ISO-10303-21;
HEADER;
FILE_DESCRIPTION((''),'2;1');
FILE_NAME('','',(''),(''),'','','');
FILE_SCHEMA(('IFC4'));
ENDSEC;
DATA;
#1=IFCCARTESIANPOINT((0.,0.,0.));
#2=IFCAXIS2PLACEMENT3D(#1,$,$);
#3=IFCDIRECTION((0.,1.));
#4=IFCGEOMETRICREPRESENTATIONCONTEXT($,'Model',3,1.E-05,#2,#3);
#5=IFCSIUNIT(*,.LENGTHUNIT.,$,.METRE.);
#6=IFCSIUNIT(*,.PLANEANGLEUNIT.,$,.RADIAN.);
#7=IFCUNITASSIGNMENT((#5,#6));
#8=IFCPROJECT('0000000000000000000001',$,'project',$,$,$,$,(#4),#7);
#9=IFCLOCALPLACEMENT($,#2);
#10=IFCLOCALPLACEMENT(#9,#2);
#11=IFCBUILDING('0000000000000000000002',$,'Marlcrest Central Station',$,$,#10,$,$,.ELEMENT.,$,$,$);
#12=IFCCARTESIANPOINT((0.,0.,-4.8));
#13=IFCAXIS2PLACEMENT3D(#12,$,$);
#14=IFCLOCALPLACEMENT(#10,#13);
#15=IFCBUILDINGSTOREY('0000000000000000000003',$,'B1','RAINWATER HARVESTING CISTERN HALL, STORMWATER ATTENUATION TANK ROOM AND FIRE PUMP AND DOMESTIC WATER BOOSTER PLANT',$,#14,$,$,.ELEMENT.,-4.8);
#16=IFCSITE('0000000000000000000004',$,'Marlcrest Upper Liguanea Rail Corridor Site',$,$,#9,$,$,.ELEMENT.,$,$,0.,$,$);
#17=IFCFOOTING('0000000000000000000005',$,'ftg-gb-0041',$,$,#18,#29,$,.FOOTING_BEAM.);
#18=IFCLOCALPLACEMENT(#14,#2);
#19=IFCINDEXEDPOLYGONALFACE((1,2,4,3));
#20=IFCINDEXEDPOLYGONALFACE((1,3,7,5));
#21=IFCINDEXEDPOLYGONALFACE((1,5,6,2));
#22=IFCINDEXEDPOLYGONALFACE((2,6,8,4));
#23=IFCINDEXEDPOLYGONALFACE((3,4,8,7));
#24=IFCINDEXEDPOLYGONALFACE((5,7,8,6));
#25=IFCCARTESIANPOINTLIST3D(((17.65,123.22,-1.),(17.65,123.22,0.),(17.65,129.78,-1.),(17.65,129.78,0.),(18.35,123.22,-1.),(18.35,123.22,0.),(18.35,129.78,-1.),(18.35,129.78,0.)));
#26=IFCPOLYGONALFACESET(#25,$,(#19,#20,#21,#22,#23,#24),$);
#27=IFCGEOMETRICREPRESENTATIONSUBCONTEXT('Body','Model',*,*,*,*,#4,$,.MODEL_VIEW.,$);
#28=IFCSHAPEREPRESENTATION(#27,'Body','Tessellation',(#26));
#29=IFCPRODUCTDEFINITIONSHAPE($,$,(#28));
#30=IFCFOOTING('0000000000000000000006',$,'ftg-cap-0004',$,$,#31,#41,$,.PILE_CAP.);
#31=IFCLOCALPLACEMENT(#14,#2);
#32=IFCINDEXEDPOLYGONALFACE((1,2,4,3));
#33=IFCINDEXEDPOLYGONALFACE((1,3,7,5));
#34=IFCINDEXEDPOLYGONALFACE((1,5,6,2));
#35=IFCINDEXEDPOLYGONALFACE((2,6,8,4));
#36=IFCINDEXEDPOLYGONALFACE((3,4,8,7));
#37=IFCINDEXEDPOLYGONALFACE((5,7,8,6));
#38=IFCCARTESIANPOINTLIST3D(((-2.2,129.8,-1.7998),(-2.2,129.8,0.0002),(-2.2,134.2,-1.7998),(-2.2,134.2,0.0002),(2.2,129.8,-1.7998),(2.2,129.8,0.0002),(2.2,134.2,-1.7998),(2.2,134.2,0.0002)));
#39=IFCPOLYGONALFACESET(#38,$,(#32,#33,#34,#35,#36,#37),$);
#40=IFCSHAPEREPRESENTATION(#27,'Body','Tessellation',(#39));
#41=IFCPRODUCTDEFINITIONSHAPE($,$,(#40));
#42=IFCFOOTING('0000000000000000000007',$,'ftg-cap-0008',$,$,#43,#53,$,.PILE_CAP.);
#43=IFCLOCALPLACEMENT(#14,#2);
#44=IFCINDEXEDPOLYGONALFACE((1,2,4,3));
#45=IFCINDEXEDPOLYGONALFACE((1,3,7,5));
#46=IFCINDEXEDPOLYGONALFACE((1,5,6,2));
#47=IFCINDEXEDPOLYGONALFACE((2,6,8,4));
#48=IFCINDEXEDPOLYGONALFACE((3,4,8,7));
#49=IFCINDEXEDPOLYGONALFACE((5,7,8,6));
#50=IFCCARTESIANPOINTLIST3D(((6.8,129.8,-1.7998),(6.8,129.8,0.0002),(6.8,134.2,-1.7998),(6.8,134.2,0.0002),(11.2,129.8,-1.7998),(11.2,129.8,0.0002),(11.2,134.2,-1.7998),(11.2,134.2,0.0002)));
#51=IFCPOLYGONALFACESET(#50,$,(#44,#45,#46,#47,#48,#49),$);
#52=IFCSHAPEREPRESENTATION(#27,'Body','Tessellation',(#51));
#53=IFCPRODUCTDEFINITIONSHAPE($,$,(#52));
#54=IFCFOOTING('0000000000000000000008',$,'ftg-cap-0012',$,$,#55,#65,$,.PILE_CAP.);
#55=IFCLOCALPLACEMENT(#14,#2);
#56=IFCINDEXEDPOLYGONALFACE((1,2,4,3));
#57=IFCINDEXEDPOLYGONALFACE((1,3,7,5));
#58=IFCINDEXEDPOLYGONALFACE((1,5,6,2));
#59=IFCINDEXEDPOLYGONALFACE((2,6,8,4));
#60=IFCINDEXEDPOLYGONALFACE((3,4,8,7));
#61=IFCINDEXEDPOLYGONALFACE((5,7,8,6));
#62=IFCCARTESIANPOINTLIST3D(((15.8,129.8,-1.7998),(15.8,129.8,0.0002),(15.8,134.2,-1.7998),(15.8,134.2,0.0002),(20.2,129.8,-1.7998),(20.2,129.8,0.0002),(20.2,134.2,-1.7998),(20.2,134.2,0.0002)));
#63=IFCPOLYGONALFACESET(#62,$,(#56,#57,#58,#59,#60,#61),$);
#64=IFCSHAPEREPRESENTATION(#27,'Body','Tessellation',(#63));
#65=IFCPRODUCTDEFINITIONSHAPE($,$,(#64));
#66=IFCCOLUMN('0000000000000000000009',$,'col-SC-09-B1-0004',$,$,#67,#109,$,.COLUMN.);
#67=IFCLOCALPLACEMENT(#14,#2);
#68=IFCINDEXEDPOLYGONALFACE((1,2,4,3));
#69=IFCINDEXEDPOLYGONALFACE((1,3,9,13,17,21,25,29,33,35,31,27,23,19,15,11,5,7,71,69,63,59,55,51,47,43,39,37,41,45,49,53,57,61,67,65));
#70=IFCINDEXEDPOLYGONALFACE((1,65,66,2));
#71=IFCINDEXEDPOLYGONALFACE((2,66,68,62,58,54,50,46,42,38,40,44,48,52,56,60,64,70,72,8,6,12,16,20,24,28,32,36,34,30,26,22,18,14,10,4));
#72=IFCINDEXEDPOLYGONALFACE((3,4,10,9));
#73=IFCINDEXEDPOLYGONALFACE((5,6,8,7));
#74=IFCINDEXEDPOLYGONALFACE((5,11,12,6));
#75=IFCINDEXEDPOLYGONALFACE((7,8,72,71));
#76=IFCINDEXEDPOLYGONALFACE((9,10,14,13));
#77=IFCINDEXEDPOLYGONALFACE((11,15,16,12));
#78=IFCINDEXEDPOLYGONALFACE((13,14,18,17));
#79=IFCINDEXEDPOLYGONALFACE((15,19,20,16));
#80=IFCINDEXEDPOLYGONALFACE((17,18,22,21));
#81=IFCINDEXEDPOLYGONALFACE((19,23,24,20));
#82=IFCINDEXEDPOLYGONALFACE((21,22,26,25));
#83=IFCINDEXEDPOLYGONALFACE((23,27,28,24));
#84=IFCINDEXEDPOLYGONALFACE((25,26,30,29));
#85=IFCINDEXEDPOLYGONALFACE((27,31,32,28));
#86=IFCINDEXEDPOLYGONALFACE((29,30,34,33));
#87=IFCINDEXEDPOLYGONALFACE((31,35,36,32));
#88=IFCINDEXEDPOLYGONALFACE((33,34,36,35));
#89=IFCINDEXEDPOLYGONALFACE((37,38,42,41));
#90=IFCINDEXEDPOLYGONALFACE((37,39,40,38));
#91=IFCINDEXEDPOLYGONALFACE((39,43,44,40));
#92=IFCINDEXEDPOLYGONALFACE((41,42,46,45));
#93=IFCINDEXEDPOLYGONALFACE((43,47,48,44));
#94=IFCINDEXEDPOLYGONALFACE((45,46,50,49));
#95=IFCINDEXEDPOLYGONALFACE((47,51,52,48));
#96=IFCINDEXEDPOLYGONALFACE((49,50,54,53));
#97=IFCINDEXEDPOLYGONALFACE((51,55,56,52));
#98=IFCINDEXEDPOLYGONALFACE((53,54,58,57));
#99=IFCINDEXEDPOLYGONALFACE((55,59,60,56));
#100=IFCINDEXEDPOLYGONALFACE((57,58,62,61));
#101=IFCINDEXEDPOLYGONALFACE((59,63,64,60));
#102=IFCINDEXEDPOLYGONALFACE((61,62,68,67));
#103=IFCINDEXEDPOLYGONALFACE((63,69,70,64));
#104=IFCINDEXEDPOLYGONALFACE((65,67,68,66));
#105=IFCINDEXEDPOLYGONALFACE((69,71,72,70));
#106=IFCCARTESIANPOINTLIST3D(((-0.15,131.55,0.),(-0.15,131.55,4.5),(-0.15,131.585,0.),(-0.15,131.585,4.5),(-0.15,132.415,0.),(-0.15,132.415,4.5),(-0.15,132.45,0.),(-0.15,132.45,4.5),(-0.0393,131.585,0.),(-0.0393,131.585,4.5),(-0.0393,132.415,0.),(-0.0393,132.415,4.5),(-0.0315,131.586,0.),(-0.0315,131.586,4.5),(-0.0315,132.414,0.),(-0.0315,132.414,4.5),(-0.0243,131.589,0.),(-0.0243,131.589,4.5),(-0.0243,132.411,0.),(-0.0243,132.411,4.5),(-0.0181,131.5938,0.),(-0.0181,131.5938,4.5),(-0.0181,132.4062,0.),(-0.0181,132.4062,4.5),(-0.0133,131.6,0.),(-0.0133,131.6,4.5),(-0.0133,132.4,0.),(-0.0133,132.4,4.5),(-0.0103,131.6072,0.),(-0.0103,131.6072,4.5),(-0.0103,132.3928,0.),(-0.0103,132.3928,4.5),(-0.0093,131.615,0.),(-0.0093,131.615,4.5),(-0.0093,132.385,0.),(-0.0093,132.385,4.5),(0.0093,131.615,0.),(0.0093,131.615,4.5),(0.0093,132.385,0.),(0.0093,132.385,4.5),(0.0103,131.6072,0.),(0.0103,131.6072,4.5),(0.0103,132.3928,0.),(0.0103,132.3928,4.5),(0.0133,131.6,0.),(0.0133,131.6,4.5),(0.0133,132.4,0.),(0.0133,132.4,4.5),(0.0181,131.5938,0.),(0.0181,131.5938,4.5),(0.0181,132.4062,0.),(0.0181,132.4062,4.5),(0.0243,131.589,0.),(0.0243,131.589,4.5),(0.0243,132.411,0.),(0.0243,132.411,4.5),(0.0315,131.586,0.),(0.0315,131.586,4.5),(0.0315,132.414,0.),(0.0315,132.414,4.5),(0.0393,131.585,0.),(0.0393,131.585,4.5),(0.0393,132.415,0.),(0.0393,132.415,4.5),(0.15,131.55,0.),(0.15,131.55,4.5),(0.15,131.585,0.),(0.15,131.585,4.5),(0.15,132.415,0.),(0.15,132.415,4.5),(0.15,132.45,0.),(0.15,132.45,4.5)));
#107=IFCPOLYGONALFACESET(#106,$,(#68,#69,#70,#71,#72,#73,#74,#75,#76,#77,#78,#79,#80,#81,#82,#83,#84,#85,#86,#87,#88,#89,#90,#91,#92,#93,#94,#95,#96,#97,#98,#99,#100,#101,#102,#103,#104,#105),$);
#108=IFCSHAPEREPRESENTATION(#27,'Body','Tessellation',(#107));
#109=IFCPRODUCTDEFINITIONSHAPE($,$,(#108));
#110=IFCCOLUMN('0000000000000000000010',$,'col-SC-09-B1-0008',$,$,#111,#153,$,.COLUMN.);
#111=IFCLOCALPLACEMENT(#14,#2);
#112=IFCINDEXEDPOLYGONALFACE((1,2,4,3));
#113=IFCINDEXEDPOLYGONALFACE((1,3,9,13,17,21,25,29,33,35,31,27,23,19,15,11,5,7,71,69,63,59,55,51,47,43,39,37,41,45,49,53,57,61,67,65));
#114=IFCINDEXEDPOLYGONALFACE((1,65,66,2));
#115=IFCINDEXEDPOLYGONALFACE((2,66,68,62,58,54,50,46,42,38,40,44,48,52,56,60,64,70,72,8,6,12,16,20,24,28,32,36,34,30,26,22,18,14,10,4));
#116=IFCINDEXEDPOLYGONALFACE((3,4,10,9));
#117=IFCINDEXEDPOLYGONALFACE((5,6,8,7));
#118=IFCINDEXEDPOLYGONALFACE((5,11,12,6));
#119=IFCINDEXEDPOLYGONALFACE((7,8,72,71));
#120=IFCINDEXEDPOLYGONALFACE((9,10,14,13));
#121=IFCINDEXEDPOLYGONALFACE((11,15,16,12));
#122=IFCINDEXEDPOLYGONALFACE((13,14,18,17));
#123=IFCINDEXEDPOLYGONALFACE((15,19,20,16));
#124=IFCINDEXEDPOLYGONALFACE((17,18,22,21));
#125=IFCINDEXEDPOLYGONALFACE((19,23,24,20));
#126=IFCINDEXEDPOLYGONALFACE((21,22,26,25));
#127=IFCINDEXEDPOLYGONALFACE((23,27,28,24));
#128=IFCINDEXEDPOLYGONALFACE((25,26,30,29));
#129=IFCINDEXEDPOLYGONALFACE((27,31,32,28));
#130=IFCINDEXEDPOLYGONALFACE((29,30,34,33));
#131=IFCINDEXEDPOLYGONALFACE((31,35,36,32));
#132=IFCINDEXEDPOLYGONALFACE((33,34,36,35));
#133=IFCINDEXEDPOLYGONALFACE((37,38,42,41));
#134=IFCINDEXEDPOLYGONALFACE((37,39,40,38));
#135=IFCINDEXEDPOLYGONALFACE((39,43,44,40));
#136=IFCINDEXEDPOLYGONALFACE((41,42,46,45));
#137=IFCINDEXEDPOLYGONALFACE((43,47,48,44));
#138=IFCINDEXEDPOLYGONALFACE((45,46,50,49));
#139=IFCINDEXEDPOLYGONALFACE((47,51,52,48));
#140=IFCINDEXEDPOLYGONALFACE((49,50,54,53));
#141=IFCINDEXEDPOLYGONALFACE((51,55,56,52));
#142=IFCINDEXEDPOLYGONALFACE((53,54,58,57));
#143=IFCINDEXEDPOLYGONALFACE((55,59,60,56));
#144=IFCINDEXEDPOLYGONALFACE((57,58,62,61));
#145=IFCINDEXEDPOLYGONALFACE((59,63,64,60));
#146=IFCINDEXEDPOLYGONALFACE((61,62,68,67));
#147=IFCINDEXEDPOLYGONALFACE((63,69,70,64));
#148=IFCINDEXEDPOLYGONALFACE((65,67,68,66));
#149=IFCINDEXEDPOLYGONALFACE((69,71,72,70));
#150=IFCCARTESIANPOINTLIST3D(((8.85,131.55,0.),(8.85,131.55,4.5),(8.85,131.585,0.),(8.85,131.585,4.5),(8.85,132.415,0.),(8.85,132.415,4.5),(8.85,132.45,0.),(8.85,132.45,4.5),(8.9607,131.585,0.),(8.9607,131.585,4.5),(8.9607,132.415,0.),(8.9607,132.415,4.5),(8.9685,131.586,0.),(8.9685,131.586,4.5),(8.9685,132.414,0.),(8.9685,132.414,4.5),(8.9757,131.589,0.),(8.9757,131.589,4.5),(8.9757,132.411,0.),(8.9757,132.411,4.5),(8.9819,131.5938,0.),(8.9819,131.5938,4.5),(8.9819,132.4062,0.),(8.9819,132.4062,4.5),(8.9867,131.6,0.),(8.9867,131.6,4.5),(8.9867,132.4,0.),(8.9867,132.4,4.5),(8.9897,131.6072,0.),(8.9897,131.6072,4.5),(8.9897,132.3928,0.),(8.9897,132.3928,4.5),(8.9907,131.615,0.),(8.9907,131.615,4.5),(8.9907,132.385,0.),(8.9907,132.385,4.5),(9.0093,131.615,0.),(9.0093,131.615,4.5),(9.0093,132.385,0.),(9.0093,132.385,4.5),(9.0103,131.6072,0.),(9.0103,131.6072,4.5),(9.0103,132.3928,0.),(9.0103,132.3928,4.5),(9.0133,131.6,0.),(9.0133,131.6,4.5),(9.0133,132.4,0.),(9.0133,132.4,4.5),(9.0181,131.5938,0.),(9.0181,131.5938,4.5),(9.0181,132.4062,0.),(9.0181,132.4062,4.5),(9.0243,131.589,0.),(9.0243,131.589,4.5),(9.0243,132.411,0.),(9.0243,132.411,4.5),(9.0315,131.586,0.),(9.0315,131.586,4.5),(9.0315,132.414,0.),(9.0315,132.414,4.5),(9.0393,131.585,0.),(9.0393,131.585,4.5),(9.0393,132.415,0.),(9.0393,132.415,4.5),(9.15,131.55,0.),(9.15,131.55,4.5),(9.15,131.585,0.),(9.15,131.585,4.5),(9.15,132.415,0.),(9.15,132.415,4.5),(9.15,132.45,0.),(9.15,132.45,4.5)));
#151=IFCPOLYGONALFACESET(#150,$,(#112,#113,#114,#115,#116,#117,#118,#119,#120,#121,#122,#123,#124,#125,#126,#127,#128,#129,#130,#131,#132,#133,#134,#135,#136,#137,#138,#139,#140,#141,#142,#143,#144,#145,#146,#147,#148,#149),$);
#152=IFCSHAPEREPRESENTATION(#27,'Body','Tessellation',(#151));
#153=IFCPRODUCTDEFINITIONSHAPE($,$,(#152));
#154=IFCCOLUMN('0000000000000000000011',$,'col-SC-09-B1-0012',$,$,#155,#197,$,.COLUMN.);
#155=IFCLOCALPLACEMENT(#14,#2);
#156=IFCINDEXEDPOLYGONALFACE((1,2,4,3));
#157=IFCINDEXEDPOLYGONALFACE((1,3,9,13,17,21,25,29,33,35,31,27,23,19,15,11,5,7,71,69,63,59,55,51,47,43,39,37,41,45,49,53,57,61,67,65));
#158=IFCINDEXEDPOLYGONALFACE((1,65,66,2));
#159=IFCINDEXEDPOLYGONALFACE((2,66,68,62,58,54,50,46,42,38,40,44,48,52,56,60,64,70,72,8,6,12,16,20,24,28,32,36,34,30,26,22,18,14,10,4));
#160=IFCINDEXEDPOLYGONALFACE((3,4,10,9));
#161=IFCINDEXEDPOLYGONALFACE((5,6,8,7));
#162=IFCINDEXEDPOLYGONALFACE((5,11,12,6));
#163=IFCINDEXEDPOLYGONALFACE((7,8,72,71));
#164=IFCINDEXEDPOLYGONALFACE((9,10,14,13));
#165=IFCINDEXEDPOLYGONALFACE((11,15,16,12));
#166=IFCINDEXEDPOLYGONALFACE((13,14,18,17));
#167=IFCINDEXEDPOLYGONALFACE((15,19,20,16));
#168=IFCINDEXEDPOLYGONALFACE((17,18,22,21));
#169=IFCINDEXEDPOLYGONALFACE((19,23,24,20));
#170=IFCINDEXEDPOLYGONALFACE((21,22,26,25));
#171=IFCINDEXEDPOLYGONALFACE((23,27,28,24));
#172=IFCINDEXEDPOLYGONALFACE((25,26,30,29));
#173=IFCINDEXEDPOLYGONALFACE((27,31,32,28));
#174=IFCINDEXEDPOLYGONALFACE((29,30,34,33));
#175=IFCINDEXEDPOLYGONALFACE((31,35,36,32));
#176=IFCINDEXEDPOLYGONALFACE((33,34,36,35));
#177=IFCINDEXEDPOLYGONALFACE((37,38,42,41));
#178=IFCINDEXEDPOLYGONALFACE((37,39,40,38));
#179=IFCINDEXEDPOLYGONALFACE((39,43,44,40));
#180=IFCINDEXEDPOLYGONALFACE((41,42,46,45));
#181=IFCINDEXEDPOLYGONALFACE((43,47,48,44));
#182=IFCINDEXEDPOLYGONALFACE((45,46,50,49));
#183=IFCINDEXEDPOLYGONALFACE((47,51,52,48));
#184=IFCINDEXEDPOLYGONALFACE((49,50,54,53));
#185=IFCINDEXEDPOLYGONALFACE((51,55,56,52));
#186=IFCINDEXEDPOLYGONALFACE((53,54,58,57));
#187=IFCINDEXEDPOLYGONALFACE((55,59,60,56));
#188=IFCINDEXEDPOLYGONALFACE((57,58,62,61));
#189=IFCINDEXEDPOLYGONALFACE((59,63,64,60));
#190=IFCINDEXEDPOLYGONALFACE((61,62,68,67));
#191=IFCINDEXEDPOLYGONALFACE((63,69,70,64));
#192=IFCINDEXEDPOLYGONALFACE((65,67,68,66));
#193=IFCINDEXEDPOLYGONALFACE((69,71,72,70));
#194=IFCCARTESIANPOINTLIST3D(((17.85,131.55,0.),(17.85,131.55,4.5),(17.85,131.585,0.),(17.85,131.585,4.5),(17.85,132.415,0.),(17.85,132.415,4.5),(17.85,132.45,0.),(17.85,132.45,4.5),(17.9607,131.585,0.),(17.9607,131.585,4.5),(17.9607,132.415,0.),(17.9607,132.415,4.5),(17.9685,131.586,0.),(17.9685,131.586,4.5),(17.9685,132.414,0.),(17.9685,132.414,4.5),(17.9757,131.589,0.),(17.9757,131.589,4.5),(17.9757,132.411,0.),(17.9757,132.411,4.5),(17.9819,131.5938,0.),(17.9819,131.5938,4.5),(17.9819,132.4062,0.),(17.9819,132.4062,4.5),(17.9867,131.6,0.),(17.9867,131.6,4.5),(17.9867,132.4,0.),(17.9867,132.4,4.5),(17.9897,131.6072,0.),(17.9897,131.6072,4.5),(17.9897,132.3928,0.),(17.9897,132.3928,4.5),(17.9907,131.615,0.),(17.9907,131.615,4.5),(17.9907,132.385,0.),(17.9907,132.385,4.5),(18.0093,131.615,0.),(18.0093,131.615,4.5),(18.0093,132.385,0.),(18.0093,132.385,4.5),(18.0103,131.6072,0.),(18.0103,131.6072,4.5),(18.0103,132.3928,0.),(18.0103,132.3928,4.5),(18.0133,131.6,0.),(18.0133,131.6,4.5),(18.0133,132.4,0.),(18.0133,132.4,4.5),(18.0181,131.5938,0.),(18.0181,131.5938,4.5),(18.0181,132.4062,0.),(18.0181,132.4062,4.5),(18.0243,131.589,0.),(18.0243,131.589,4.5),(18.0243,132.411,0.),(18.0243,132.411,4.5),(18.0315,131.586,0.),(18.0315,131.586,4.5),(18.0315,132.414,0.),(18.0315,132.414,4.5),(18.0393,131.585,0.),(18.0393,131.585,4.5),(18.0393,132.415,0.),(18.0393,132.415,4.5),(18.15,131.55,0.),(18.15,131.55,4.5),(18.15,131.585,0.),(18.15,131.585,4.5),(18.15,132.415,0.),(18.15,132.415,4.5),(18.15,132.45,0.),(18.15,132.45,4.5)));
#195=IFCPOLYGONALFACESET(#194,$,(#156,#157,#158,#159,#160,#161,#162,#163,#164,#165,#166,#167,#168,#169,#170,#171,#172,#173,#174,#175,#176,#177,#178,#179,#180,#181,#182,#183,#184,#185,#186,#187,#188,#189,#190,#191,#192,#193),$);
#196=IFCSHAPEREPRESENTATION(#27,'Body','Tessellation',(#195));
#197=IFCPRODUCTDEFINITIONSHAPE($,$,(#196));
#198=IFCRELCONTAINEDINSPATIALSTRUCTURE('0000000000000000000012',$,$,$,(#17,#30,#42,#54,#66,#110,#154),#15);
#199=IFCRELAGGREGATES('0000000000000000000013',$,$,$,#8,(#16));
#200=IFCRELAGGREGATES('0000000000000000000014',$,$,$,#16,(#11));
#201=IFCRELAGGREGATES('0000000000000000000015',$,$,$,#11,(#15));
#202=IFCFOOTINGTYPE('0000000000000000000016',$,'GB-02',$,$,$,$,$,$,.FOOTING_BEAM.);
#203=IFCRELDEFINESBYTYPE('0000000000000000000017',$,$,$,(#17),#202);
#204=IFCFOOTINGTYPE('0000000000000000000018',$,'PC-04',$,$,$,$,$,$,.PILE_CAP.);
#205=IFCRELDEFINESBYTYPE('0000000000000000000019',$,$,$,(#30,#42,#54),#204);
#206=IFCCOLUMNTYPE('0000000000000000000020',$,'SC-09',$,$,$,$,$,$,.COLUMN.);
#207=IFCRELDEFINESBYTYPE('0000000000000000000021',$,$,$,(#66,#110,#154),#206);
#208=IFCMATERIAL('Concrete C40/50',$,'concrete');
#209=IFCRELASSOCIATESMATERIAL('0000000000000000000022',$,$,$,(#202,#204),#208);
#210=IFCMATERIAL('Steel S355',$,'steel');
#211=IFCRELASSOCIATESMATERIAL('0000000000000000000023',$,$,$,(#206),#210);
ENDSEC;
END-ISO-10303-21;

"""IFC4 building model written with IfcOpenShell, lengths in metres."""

from ifc_helpers import new_model, si_unit, direction, frame, origin, origin_2d, place, context, subcontext, project, spatial, rectangle, i_section, extrude, material, material_profile, profile_set, type_object, element, save


model = new_model("IFC4")

# Units and contexts
model_context = context("Model", 3, precision=1e-05, world=origin(), true_north=direction((0.0, 1.0)))
body_context = subcontext(model_context, "Body", "Model", "MODEL_VIEW")
ifc_project = project(units=[si_unit("LENGTHUNIT", "METRE"), si_unit("PLANEANGLEUNIT", "RADIAN")], contexts=[model_context])

# Site, building, storey
site_placement = place(None, origin())
site = spatial("IfcSite", under=ifc_project, at=site_placement, Name="Marlcrest Upper Liguanea Rail Corridor Site", CompositionType="ELEMENT", RefElevation=0.0)
building_placement = place(site_placement, origin())
building = spatial("IfcBuilding", under=site, at=building_placement, Name="Marlcrest Central Station", CompositionType="ELEMENT")
storey_placement = place(building_placement, frame((0.0, 0.0, -4.8)))
storey = spatial("IfcBuildingStorey", under=building, at=storey_placement, Name="B1", Description="RAINWATER HARVESTING CISTERN HALL, STORMWATER ATTENUATION TANK ROOM AND FIRE PUMP AND DOMESTIC WATER BOOSTER PLANT", CompositionType="ELEMENT", Elevation=-4.8)

# Footings
ifc_material_1 = material(Name="Concrete C40/50", Category="concrete")
footing_type_1 = type_object("IfcFootingType", Name="GB-02", PredefinedType="FOOTING_BEAM", material=ifc_material_1)
for number, where, z_axis, x_axis, name in (
    (1, (18.0, 126.5, -1.0), (0.0, 0.0, 1.0), (1.0, 0.0, 0.0), "ftg-gb-0041"),
):
    element("IfcFooting", number, at=place(storey_placement, frame(where, z_axis=z_axis, x_axis=x_axis)), inside=storey, type_object=footing_type_1, Name=name, PredefinedType="FOOTING_BEAM", context=body_context, shape_type="SweptSolid", body=[
        extrude(rectangle(XDim=0.7, YDim=6.5601, at=origin_2d()), origin(), (0.0, 0.0, 1.0), 1.0),
    ])
footing_type_2 = type_object("IfcFootingType", Name="PC-04", PredefinedType="PILE_CAP", material=ifc_material_1)
for number, where, z_axis, x_axis, name in (
    (2, (0.0, 132.0, -1.7998), (0.0, 0.0, 1.0), (1.0, 0.0, 0.0), "ftg-cap-0004"),
    (3, (9.0, 132.0, -1.7998), (0.0, 0.0, 1.0), (1.0, 0.0, 0.0), "ftg-cap-0008"),
    (4, (18.0, 132.0, -1.7998), (0.0, 0.0, 1.0), (1.0, 0.0, 0.0), "ftg-cap-0012"),
):
    element("IfcFooting", number, at=place(storey_placement, frame(where, z_axis=z_axis, x_axis=x_axis)), inside=storey, type_object=footing_type_2, Name=name, PredefinedType="PILE_CAP", context=body_context, shape_type="SweptSolid", body=[
        extrude(rectangle(XDim=4.3999, YDim=4.3999, at=origin_2d()), origin(), (0.0, 0.0, 1.0), 1.8),
    ])

# Columns
ifc_material_2 = material(Name="Steel S355", Category="steel")
ifc_material_profile_1 = material_profile(ifc_material_2, i_section(OverallWidth=0.3, OverallDepth=0.8999, WebThickness=0.0186, FlangeThickness=0.0349, FilletRadius=0.03, at=origin_2d()), Name="HEB 900")
ifc_profile_set_1 = profile_set([ifc_material_profile_1], Name="Steel S355")
column_type = type_object("IfcColumnType", Name="SC-09", PredefinedType="COLUMN", material=ifc_profile_set_1)
for number, where, z_axis, x_axis, name in (
    (5, (0.0, 132.0, 0.0), (0.0, 0.0, 1.0), (1.0, 0.0, 0.0), "col-SC-09-B1-0004"),
    (6, (9.0, 132.0, 0.0), (0.0, 0.0, 1.0), (1.0, 0.0, 0.0), "col-SC-09-B1-0008"),
    (7, (18.0, 132.0, 0.0), (0.0, 0.0, 1.0), (1.0, 0.0, 0.0), "col-SC-09-B1-0012"),
):
    element("IfcColumn", number, at=place(storey_placement, frame(where, z_axis=z_axis, x_axis=x_axis)), inside=storey, type_object=column_type, Name=name, PredefinedType="COLUMN", context=body_context, shape_type="SweptSolid", body=[
        extrude(i_section(OverallWidth=0.3, OverallDepth=0.8999, WebThickness=0.0186, FlangeThickness=0.0349, FilletRadius=0.03, at=origin_2d()), origin(), (0.0, 0.0, 1.0), 4.5),
    ])

save(model, "model.ifc")
